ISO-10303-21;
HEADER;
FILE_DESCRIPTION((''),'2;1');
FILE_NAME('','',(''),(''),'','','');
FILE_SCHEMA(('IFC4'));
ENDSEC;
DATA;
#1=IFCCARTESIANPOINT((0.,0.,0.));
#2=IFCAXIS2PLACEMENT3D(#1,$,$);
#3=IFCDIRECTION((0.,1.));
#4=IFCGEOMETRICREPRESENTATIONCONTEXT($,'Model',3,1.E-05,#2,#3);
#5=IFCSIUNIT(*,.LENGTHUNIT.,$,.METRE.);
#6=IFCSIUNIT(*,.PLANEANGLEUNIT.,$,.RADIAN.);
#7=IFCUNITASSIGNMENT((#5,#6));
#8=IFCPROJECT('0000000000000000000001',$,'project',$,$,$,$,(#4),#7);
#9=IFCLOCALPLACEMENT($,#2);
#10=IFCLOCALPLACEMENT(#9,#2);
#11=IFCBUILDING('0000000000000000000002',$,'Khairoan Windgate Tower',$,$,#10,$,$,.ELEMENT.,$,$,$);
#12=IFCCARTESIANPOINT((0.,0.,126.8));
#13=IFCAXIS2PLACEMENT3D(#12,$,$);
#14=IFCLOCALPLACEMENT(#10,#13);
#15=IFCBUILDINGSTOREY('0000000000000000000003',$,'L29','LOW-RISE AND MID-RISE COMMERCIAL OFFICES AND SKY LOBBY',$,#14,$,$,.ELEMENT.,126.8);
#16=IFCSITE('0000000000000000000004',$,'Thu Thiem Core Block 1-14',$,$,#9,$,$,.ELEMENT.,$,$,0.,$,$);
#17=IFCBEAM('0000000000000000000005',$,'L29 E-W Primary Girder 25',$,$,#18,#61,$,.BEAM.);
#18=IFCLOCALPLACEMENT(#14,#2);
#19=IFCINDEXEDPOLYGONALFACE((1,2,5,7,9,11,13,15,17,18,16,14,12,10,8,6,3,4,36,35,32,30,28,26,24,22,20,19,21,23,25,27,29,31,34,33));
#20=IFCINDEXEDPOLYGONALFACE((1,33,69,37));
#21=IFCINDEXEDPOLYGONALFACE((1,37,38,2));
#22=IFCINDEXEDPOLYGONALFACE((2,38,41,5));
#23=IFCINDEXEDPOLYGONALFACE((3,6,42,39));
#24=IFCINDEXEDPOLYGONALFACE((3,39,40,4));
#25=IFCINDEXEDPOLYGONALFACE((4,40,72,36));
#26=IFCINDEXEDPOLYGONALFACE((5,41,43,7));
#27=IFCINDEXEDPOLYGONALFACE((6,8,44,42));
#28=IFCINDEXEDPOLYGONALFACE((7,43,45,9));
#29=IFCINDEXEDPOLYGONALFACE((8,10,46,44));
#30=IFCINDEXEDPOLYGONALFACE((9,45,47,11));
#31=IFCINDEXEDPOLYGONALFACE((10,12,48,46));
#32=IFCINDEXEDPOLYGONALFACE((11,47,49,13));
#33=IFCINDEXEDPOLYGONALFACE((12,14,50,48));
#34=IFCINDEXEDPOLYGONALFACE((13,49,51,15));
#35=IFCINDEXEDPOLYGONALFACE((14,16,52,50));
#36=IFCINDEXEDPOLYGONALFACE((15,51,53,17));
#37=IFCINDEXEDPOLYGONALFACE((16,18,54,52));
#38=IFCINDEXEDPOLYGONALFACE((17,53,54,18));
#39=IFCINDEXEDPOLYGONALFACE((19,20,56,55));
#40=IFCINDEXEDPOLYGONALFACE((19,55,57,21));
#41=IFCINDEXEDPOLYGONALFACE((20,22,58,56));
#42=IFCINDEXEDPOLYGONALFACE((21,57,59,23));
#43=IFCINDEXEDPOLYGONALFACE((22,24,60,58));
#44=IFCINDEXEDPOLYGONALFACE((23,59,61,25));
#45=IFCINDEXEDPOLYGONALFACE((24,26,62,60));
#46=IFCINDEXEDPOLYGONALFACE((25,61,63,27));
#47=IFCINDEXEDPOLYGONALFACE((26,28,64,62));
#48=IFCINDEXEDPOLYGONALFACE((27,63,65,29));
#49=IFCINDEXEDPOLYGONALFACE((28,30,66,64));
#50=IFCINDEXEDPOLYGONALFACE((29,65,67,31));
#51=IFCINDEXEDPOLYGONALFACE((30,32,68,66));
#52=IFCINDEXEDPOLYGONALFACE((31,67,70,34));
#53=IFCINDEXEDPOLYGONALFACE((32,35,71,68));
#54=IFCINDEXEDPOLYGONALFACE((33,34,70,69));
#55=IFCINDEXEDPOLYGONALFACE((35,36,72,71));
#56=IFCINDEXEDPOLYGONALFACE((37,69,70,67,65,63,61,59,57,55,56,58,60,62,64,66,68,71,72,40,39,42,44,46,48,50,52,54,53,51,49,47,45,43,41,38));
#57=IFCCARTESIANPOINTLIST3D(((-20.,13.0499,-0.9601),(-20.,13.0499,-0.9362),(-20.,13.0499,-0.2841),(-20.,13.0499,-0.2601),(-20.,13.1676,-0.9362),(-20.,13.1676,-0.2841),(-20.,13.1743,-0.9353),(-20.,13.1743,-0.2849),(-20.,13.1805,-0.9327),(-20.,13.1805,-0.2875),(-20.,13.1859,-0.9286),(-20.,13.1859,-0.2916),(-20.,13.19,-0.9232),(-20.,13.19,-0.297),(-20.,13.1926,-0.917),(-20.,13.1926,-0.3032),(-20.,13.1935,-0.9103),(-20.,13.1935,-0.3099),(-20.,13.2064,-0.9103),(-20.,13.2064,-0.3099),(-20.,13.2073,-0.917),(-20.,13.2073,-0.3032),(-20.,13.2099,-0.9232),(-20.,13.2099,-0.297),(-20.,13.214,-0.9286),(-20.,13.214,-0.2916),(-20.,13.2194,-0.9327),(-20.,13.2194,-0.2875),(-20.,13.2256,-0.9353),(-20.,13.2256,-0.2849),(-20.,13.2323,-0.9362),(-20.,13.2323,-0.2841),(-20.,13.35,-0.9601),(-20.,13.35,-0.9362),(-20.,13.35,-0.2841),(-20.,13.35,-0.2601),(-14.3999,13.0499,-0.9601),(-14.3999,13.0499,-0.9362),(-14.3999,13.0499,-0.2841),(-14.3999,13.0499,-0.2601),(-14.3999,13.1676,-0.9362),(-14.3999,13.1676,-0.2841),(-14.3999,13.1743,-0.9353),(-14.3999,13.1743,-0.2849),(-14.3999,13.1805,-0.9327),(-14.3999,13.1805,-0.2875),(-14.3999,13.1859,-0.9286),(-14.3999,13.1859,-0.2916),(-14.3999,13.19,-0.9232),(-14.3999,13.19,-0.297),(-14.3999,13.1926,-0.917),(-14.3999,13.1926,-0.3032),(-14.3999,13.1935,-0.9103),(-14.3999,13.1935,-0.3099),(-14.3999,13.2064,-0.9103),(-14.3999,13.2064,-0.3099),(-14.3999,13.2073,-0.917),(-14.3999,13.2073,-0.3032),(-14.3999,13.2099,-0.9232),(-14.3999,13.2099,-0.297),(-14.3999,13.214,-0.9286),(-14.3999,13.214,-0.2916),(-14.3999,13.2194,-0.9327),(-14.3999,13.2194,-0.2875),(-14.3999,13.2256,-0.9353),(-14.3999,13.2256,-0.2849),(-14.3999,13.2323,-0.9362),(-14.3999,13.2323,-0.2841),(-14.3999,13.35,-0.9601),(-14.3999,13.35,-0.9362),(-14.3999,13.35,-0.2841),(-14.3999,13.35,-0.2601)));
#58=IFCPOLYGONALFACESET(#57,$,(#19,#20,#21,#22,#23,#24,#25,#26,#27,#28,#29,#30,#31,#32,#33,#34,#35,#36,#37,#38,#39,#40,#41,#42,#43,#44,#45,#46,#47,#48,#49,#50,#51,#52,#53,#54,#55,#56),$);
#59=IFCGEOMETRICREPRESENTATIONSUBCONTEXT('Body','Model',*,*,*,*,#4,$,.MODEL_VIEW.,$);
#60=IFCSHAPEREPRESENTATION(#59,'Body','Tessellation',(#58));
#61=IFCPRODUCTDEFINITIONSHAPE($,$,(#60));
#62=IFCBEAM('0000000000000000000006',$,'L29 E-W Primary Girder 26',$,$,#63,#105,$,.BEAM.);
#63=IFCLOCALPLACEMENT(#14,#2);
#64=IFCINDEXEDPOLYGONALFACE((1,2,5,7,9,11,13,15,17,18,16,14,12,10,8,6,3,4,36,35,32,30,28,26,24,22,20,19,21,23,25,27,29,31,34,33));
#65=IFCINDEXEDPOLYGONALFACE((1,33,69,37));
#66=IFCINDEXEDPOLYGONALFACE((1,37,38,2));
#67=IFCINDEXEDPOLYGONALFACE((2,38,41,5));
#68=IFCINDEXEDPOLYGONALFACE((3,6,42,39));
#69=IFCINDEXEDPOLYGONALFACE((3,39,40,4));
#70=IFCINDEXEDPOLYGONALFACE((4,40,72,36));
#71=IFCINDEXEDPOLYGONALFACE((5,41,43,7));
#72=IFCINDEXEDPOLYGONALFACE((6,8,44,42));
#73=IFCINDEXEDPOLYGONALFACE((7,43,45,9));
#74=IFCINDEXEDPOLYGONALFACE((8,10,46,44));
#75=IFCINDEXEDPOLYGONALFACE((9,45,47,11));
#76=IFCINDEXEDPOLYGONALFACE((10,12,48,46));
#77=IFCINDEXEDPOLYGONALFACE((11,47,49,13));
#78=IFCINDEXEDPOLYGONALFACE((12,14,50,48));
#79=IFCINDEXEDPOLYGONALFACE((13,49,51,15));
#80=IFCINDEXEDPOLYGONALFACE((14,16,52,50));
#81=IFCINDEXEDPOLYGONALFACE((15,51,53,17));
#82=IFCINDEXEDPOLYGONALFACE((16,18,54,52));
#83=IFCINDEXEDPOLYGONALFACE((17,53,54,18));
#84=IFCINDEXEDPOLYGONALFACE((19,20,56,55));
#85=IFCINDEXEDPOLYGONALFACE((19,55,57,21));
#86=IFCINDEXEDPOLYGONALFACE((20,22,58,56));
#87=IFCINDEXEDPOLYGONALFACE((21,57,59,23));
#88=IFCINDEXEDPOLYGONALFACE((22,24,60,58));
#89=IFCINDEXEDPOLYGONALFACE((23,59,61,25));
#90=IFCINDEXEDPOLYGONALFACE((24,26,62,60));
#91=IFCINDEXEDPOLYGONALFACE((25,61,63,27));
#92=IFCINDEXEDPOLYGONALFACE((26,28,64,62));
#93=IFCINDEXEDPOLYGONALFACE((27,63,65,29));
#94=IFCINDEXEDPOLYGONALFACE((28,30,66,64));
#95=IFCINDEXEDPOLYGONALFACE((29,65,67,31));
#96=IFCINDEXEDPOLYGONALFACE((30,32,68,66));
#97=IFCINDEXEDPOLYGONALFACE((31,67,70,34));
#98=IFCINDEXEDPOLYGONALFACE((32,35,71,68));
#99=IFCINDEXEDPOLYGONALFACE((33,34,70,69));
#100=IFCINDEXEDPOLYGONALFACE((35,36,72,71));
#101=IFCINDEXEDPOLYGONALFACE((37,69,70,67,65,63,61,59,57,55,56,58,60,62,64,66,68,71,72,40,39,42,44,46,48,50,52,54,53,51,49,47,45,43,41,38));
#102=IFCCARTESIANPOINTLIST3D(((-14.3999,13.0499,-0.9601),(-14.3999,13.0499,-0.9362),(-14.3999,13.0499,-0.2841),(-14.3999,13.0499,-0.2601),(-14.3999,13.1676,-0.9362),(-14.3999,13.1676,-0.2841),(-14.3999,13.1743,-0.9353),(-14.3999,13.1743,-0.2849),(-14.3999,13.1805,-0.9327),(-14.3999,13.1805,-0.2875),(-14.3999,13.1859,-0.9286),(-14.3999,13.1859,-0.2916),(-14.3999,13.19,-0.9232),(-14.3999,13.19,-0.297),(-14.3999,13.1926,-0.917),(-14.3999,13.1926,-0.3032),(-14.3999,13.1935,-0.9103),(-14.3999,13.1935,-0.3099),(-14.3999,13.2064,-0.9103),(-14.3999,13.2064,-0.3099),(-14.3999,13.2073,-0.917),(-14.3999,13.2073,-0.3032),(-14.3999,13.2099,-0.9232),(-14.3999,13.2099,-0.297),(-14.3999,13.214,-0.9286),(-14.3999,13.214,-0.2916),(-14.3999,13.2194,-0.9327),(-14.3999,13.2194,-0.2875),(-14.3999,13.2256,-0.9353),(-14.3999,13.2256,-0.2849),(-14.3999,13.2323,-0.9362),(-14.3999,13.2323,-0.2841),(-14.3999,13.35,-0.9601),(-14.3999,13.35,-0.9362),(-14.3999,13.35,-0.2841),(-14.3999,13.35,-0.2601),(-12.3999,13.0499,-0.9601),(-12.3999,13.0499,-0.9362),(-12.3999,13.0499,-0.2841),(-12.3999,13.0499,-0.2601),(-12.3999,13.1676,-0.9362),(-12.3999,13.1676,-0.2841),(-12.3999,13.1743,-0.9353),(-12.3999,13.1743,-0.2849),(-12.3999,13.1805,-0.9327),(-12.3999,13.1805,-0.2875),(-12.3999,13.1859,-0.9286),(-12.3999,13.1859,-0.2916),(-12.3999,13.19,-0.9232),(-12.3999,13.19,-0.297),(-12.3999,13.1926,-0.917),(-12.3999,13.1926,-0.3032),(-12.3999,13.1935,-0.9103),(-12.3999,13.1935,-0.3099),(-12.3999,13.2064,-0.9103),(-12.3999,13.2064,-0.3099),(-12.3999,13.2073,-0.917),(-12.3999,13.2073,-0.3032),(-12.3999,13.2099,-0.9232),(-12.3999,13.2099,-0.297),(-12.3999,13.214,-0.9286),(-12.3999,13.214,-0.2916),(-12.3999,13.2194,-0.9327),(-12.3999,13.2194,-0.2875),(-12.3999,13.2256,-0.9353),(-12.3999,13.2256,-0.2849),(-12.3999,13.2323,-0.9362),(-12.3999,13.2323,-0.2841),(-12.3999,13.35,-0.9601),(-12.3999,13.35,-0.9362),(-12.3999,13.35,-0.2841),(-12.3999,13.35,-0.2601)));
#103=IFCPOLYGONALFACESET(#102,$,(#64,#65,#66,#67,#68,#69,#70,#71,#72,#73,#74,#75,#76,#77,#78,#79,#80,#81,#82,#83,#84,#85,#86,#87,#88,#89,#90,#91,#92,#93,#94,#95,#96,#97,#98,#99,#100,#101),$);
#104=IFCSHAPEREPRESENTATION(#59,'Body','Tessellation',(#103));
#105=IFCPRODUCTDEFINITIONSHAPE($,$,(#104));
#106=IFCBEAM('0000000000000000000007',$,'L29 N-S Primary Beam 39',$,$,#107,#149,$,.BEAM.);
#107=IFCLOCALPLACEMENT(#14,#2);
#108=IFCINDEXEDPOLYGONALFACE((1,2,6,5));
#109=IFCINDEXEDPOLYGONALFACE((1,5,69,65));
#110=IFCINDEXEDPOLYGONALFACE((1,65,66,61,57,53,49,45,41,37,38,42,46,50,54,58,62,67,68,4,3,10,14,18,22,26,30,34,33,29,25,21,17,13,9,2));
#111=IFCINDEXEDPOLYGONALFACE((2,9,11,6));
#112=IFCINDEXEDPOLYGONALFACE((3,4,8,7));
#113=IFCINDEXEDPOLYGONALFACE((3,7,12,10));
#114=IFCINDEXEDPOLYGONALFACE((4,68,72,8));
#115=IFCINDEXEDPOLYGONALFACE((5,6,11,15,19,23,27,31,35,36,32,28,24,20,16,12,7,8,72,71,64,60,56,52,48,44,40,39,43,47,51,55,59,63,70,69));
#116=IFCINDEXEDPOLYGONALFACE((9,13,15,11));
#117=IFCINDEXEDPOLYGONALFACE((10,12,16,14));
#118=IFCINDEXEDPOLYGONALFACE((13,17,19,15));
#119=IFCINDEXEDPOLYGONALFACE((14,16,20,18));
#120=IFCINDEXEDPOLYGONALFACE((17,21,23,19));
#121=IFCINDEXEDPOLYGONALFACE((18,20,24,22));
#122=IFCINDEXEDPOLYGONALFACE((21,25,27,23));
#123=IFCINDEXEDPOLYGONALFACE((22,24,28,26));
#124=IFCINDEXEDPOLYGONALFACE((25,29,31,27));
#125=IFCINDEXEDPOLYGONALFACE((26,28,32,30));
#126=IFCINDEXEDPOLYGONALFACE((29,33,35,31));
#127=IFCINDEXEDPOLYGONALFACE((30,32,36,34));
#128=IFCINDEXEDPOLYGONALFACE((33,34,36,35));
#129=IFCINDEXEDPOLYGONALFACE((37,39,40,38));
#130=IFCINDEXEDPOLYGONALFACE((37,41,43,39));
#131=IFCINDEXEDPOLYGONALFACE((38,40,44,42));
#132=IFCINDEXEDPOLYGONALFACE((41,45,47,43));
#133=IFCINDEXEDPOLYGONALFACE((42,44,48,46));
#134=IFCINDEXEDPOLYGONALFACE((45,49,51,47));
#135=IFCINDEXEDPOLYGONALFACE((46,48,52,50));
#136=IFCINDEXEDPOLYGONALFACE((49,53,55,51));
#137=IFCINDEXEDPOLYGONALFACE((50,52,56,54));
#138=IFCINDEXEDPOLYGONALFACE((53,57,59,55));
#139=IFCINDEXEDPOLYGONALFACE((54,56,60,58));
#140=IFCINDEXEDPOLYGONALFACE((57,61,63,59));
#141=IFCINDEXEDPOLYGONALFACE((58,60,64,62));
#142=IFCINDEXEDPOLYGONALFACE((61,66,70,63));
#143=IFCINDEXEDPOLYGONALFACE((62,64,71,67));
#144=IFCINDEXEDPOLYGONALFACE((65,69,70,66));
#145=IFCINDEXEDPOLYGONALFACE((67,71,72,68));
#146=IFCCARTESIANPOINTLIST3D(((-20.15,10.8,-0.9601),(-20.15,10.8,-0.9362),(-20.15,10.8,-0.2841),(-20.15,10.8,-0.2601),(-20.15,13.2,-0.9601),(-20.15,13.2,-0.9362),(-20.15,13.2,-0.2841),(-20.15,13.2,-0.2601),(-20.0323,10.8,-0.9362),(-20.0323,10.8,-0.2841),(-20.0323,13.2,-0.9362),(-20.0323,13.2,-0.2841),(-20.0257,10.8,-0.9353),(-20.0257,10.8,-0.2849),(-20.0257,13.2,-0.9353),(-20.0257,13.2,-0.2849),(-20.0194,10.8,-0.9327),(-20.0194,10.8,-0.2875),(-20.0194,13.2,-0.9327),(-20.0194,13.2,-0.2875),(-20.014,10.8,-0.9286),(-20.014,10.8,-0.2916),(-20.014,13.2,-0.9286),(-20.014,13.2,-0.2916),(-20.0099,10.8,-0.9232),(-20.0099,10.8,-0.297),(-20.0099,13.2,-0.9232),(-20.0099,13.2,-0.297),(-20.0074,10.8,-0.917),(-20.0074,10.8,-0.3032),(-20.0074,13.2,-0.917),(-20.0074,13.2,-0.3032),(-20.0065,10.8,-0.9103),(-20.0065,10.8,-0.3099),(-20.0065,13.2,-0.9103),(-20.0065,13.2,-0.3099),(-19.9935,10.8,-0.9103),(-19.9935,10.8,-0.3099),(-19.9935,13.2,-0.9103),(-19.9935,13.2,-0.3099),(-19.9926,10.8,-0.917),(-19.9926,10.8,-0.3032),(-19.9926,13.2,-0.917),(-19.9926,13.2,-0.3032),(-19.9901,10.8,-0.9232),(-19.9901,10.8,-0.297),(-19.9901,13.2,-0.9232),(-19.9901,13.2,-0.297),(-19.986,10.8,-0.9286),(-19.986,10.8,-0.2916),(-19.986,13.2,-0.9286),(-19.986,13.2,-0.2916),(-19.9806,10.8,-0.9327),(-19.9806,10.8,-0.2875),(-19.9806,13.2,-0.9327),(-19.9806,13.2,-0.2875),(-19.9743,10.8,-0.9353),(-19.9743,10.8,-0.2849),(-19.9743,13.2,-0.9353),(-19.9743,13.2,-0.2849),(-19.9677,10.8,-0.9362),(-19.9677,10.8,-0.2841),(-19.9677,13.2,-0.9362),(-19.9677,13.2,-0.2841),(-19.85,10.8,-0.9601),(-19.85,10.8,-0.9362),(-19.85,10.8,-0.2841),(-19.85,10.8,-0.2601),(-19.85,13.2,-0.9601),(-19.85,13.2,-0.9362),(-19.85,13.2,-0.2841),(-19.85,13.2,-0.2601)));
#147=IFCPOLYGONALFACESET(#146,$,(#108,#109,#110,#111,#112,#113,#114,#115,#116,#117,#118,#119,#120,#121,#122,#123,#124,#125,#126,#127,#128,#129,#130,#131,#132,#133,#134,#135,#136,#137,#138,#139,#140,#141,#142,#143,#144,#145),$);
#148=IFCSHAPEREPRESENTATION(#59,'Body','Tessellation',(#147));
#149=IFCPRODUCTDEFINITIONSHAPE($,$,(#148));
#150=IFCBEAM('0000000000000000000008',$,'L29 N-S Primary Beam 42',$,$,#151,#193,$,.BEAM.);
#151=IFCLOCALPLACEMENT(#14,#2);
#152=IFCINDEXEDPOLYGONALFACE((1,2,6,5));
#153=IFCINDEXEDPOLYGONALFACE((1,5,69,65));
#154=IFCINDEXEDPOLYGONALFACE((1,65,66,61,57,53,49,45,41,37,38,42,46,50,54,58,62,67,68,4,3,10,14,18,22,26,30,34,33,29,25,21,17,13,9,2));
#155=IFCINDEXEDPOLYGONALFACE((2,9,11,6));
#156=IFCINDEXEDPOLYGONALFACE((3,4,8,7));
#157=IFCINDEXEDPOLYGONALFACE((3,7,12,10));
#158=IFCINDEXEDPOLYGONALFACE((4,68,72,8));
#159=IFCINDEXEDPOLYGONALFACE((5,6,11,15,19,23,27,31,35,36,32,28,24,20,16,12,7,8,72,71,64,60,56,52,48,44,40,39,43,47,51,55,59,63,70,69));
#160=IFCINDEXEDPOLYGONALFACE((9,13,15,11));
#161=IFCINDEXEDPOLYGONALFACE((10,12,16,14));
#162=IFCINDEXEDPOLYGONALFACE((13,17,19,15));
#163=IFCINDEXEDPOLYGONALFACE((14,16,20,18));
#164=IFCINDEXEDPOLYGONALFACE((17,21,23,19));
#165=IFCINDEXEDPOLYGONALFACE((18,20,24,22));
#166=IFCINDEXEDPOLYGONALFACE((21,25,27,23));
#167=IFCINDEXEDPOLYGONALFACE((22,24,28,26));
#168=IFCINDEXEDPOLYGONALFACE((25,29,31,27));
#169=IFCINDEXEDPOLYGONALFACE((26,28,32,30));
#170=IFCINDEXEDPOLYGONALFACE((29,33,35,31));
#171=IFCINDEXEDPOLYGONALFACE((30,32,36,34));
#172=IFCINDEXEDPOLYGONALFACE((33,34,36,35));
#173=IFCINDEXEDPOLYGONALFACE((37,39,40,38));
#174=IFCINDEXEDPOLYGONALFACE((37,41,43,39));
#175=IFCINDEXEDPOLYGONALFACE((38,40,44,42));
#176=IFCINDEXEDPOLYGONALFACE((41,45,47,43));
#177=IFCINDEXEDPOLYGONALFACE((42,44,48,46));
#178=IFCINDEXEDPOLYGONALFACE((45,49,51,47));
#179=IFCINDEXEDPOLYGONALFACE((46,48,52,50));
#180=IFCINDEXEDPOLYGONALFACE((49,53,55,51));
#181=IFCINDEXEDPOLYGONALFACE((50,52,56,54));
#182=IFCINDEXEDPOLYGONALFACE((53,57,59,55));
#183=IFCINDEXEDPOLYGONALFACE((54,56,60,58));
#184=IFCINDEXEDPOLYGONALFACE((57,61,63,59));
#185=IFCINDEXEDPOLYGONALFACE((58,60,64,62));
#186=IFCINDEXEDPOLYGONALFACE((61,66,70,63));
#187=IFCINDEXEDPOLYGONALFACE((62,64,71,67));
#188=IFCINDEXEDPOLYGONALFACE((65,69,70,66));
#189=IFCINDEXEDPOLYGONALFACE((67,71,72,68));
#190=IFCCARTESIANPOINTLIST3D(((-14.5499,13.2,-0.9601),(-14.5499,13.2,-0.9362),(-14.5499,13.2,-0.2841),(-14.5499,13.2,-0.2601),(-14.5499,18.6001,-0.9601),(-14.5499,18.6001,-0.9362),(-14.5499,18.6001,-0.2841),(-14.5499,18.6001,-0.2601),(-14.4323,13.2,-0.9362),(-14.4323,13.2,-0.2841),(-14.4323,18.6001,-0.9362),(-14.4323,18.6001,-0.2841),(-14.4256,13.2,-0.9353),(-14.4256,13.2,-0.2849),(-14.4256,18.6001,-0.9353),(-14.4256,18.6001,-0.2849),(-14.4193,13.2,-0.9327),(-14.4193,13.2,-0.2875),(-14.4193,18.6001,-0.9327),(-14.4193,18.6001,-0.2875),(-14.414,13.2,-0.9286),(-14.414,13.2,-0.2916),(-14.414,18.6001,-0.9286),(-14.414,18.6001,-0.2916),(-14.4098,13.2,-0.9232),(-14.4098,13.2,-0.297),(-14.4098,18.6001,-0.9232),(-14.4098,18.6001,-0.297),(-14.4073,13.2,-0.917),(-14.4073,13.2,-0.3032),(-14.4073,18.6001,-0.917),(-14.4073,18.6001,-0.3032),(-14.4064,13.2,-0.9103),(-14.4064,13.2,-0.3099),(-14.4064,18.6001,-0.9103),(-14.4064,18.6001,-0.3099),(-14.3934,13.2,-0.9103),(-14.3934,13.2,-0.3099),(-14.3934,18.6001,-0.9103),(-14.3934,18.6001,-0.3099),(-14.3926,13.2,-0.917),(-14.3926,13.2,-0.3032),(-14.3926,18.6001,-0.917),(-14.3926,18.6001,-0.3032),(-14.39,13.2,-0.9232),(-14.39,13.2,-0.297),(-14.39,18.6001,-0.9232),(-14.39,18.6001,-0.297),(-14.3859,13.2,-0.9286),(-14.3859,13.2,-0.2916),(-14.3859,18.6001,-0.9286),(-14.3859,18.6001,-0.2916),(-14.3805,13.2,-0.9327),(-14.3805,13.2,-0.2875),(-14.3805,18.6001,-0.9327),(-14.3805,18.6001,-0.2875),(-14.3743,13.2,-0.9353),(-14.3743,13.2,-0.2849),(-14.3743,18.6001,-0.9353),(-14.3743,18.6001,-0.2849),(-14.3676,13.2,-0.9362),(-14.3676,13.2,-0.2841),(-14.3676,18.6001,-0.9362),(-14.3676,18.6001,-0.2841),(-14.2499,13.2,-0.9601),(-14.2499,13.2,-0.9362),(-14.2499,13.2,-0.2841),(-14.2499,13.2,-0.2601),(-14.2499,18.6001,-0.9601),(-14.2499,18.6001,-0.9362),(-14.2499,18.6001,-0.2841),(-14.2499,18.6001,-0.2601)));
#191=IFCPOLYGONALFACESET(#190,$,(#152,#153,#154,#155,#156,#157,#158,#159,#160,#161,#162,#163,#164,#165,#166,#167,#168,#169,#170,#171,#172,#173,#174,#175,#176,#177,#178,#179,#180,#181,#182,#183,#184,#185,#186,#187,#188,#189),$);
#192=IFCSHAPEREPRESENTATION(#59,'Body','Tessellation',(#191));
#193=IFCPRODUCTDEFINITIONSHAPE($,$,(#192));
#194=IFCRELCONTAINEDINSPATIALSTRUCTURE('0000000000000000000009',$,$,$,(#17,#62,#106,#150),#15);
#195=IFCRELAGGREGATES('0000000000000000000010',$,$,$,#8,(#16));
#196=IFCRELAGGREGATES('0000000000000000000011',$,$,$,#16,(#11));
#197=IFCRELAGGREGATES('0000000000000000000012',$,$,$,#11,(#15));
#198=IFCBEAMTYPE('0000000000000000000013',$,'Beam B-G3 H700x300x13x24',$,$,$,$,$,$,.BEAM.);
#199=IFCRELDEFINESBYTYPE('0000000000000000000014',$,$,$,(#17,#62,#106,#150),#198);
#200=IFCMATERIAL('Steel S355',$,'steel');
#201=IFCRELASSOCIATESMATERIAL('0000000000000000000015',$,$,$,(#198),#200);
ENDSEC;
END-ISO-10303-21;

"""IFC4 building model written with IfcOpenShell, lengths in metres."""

from ifc_helpers import new_model, si_unit, direction, frame, origin, origin_2d, place, context, subcontext, project, spatial, i_section, extrude, material, material_profile, profile_set, type_object, element, save


model = new_model("IFC4")

# Units and contexts
model_context = context("Model", 3, precision=1e-05, world=origin(), true_north=direction((0.0, 1.0)))
body_context = subcontext(model_context, "Body", "Model", "MODEL_VIEW")
ifc_project = project(units=[si_unit("LENGTHUNIT", "METRE"), si_unit("PLANEANGLEUNIT", "RADIAN")], contexts=[model_context])

# Site, building, storey
site_placement = place(None, origin())
site = spatial("IfcSite", under=ifc_project, at=site_placement, Name="Thu Thiem Core Block 1-14", CompositionType="ELEMENT", RefElevation=0.0)
building_placement = place(site_placement, origin())
building = spatial("IfcBuilding", under=site, at=building_placement, Name="Khairoan Windgate Tower", CompositionType="ELEMENT")
storey_placement = place(building_placement, frame((0.0, 0.0, 126.8)))
storey = spatial("IfcBuildingStorey", under=building, at=storey_placement, Name="L29", Description="LOW-RISE AND MID-RISE COMMERCIAL OFFICES AND SKY LOBBY", CompositionType="ELEMENT", Elevation=126.8)

# Beams
ifc_material_1 = material(Name="Steel S355", Category="steel")
ifc_material_profile_1 = material_profile(ifc_material_1, i_section(OverallWidth=0.3, OverallDepth=0.7, WebThickness=0.0129, FlangeThickness=0.0239, FilletRadius=0.0259, at=origin_2d()))
ifc_profile_set_1 = profile_set([ifc_material_profile_1], Name="Steel S355")
beam_type_1 = type_object("IfcBeamType", Name="Beam B-G3 H700x300x13x24", PredefinedType="BEAM", material=ifc_profile_set_1)
beam_1_placement = place(storey_placement, frame((-20.0, 13.2, -0.6101), z_axis=(1.0, 0.0, 0.0), x_axis=(0.0, 1.0, 0.0)))
element("IfcBeam", 1, at=beam_1_placement, inside=storey, type_object=beam_type_1, Name="L29 E-W Primary Girder 25", PredefinedType="BEAM", context=body_context, shape_type="SweptSolid", body=[
    extrude(i_section(OverallWidth=0.3, OverallDepth=0.7, WebThickness=0.0129, FlangeThickness=0.0239, FilletRadius=0.0259, at=origin_2d()), origin(), (0.0, 0.0, 1.0), 5.6001),
])
beam_2_placement = place(storey_placement, frame((-14.3999, 13.2, -0.6101), z_axis=(1.0, 0.0, 0.0), x_axis=(0.0, 1.0, 0.0)))
element("IfcBeam", 2, at=beam_2_placement, inside=storey, type_object=beam_type_1, Name="L29 E-W Primary Girder 26", PredefinedType="BEAM", context=body_context, shape_type="SweptSolid", body=[
    extrude(i_section(OverallWidth=0.3, OverallDepth=0.7, WebThickness=0.0129, FlangeThickness=0.0239, FilletRadius=0.0259, at=origin_2d()), origin(), (0.0, 0.0, 1.0), 2.0),
])
beam_3_placement = place(storey_placement, frame((-20.0, 10.8, -0.6101), z_axis=(0.0, 1.0, 0.0), x_axis=(-1.0, 0.0, 0.0)))
element("IfcBeam", 3, at=beam_3_placement, inside=storey, type_object=beam_type_1, Name="L29 N-S Primary Beam 39", PredefinedType="BEAM", context=body_context, shape_type="SweptSolid", body=[
    extrude(i_section(OverallWidth=0.3, OverallDepth=0.7, WebThickness=0.0129, FlangeThickness=0.0239, FilletRadius=0.0259, at=origin_2d()), origin(), (0.0, 0.0, 1.0), 2.3999),
])
beam_4_placement = place(storey_placement, frame((-14.3999, 13.2, -0.6101), z_axis=(0.0, 1.0, 0.0), x_axis=(-1.0, 0.0, 0.0)))
element("IfcBeam", 4, at=beam_4_placement, inside=storey, type_object=beam_type_1, Name="L29 N-S Primary Beam 42", PredefinedType="BEAM", context=body_context, shape_type="SweptSolid", body=[
    extrude(i_section(OverallWidth=0.3, OverallDepth=0.7, WebThickness=0.0129, FlangeThickness=0.0239, FilletRadius=0.0259, at=origin_2d()), origin(), (0.0, 0.0, 1.0), 5.4001),
])

save(model, "model.ifc")
